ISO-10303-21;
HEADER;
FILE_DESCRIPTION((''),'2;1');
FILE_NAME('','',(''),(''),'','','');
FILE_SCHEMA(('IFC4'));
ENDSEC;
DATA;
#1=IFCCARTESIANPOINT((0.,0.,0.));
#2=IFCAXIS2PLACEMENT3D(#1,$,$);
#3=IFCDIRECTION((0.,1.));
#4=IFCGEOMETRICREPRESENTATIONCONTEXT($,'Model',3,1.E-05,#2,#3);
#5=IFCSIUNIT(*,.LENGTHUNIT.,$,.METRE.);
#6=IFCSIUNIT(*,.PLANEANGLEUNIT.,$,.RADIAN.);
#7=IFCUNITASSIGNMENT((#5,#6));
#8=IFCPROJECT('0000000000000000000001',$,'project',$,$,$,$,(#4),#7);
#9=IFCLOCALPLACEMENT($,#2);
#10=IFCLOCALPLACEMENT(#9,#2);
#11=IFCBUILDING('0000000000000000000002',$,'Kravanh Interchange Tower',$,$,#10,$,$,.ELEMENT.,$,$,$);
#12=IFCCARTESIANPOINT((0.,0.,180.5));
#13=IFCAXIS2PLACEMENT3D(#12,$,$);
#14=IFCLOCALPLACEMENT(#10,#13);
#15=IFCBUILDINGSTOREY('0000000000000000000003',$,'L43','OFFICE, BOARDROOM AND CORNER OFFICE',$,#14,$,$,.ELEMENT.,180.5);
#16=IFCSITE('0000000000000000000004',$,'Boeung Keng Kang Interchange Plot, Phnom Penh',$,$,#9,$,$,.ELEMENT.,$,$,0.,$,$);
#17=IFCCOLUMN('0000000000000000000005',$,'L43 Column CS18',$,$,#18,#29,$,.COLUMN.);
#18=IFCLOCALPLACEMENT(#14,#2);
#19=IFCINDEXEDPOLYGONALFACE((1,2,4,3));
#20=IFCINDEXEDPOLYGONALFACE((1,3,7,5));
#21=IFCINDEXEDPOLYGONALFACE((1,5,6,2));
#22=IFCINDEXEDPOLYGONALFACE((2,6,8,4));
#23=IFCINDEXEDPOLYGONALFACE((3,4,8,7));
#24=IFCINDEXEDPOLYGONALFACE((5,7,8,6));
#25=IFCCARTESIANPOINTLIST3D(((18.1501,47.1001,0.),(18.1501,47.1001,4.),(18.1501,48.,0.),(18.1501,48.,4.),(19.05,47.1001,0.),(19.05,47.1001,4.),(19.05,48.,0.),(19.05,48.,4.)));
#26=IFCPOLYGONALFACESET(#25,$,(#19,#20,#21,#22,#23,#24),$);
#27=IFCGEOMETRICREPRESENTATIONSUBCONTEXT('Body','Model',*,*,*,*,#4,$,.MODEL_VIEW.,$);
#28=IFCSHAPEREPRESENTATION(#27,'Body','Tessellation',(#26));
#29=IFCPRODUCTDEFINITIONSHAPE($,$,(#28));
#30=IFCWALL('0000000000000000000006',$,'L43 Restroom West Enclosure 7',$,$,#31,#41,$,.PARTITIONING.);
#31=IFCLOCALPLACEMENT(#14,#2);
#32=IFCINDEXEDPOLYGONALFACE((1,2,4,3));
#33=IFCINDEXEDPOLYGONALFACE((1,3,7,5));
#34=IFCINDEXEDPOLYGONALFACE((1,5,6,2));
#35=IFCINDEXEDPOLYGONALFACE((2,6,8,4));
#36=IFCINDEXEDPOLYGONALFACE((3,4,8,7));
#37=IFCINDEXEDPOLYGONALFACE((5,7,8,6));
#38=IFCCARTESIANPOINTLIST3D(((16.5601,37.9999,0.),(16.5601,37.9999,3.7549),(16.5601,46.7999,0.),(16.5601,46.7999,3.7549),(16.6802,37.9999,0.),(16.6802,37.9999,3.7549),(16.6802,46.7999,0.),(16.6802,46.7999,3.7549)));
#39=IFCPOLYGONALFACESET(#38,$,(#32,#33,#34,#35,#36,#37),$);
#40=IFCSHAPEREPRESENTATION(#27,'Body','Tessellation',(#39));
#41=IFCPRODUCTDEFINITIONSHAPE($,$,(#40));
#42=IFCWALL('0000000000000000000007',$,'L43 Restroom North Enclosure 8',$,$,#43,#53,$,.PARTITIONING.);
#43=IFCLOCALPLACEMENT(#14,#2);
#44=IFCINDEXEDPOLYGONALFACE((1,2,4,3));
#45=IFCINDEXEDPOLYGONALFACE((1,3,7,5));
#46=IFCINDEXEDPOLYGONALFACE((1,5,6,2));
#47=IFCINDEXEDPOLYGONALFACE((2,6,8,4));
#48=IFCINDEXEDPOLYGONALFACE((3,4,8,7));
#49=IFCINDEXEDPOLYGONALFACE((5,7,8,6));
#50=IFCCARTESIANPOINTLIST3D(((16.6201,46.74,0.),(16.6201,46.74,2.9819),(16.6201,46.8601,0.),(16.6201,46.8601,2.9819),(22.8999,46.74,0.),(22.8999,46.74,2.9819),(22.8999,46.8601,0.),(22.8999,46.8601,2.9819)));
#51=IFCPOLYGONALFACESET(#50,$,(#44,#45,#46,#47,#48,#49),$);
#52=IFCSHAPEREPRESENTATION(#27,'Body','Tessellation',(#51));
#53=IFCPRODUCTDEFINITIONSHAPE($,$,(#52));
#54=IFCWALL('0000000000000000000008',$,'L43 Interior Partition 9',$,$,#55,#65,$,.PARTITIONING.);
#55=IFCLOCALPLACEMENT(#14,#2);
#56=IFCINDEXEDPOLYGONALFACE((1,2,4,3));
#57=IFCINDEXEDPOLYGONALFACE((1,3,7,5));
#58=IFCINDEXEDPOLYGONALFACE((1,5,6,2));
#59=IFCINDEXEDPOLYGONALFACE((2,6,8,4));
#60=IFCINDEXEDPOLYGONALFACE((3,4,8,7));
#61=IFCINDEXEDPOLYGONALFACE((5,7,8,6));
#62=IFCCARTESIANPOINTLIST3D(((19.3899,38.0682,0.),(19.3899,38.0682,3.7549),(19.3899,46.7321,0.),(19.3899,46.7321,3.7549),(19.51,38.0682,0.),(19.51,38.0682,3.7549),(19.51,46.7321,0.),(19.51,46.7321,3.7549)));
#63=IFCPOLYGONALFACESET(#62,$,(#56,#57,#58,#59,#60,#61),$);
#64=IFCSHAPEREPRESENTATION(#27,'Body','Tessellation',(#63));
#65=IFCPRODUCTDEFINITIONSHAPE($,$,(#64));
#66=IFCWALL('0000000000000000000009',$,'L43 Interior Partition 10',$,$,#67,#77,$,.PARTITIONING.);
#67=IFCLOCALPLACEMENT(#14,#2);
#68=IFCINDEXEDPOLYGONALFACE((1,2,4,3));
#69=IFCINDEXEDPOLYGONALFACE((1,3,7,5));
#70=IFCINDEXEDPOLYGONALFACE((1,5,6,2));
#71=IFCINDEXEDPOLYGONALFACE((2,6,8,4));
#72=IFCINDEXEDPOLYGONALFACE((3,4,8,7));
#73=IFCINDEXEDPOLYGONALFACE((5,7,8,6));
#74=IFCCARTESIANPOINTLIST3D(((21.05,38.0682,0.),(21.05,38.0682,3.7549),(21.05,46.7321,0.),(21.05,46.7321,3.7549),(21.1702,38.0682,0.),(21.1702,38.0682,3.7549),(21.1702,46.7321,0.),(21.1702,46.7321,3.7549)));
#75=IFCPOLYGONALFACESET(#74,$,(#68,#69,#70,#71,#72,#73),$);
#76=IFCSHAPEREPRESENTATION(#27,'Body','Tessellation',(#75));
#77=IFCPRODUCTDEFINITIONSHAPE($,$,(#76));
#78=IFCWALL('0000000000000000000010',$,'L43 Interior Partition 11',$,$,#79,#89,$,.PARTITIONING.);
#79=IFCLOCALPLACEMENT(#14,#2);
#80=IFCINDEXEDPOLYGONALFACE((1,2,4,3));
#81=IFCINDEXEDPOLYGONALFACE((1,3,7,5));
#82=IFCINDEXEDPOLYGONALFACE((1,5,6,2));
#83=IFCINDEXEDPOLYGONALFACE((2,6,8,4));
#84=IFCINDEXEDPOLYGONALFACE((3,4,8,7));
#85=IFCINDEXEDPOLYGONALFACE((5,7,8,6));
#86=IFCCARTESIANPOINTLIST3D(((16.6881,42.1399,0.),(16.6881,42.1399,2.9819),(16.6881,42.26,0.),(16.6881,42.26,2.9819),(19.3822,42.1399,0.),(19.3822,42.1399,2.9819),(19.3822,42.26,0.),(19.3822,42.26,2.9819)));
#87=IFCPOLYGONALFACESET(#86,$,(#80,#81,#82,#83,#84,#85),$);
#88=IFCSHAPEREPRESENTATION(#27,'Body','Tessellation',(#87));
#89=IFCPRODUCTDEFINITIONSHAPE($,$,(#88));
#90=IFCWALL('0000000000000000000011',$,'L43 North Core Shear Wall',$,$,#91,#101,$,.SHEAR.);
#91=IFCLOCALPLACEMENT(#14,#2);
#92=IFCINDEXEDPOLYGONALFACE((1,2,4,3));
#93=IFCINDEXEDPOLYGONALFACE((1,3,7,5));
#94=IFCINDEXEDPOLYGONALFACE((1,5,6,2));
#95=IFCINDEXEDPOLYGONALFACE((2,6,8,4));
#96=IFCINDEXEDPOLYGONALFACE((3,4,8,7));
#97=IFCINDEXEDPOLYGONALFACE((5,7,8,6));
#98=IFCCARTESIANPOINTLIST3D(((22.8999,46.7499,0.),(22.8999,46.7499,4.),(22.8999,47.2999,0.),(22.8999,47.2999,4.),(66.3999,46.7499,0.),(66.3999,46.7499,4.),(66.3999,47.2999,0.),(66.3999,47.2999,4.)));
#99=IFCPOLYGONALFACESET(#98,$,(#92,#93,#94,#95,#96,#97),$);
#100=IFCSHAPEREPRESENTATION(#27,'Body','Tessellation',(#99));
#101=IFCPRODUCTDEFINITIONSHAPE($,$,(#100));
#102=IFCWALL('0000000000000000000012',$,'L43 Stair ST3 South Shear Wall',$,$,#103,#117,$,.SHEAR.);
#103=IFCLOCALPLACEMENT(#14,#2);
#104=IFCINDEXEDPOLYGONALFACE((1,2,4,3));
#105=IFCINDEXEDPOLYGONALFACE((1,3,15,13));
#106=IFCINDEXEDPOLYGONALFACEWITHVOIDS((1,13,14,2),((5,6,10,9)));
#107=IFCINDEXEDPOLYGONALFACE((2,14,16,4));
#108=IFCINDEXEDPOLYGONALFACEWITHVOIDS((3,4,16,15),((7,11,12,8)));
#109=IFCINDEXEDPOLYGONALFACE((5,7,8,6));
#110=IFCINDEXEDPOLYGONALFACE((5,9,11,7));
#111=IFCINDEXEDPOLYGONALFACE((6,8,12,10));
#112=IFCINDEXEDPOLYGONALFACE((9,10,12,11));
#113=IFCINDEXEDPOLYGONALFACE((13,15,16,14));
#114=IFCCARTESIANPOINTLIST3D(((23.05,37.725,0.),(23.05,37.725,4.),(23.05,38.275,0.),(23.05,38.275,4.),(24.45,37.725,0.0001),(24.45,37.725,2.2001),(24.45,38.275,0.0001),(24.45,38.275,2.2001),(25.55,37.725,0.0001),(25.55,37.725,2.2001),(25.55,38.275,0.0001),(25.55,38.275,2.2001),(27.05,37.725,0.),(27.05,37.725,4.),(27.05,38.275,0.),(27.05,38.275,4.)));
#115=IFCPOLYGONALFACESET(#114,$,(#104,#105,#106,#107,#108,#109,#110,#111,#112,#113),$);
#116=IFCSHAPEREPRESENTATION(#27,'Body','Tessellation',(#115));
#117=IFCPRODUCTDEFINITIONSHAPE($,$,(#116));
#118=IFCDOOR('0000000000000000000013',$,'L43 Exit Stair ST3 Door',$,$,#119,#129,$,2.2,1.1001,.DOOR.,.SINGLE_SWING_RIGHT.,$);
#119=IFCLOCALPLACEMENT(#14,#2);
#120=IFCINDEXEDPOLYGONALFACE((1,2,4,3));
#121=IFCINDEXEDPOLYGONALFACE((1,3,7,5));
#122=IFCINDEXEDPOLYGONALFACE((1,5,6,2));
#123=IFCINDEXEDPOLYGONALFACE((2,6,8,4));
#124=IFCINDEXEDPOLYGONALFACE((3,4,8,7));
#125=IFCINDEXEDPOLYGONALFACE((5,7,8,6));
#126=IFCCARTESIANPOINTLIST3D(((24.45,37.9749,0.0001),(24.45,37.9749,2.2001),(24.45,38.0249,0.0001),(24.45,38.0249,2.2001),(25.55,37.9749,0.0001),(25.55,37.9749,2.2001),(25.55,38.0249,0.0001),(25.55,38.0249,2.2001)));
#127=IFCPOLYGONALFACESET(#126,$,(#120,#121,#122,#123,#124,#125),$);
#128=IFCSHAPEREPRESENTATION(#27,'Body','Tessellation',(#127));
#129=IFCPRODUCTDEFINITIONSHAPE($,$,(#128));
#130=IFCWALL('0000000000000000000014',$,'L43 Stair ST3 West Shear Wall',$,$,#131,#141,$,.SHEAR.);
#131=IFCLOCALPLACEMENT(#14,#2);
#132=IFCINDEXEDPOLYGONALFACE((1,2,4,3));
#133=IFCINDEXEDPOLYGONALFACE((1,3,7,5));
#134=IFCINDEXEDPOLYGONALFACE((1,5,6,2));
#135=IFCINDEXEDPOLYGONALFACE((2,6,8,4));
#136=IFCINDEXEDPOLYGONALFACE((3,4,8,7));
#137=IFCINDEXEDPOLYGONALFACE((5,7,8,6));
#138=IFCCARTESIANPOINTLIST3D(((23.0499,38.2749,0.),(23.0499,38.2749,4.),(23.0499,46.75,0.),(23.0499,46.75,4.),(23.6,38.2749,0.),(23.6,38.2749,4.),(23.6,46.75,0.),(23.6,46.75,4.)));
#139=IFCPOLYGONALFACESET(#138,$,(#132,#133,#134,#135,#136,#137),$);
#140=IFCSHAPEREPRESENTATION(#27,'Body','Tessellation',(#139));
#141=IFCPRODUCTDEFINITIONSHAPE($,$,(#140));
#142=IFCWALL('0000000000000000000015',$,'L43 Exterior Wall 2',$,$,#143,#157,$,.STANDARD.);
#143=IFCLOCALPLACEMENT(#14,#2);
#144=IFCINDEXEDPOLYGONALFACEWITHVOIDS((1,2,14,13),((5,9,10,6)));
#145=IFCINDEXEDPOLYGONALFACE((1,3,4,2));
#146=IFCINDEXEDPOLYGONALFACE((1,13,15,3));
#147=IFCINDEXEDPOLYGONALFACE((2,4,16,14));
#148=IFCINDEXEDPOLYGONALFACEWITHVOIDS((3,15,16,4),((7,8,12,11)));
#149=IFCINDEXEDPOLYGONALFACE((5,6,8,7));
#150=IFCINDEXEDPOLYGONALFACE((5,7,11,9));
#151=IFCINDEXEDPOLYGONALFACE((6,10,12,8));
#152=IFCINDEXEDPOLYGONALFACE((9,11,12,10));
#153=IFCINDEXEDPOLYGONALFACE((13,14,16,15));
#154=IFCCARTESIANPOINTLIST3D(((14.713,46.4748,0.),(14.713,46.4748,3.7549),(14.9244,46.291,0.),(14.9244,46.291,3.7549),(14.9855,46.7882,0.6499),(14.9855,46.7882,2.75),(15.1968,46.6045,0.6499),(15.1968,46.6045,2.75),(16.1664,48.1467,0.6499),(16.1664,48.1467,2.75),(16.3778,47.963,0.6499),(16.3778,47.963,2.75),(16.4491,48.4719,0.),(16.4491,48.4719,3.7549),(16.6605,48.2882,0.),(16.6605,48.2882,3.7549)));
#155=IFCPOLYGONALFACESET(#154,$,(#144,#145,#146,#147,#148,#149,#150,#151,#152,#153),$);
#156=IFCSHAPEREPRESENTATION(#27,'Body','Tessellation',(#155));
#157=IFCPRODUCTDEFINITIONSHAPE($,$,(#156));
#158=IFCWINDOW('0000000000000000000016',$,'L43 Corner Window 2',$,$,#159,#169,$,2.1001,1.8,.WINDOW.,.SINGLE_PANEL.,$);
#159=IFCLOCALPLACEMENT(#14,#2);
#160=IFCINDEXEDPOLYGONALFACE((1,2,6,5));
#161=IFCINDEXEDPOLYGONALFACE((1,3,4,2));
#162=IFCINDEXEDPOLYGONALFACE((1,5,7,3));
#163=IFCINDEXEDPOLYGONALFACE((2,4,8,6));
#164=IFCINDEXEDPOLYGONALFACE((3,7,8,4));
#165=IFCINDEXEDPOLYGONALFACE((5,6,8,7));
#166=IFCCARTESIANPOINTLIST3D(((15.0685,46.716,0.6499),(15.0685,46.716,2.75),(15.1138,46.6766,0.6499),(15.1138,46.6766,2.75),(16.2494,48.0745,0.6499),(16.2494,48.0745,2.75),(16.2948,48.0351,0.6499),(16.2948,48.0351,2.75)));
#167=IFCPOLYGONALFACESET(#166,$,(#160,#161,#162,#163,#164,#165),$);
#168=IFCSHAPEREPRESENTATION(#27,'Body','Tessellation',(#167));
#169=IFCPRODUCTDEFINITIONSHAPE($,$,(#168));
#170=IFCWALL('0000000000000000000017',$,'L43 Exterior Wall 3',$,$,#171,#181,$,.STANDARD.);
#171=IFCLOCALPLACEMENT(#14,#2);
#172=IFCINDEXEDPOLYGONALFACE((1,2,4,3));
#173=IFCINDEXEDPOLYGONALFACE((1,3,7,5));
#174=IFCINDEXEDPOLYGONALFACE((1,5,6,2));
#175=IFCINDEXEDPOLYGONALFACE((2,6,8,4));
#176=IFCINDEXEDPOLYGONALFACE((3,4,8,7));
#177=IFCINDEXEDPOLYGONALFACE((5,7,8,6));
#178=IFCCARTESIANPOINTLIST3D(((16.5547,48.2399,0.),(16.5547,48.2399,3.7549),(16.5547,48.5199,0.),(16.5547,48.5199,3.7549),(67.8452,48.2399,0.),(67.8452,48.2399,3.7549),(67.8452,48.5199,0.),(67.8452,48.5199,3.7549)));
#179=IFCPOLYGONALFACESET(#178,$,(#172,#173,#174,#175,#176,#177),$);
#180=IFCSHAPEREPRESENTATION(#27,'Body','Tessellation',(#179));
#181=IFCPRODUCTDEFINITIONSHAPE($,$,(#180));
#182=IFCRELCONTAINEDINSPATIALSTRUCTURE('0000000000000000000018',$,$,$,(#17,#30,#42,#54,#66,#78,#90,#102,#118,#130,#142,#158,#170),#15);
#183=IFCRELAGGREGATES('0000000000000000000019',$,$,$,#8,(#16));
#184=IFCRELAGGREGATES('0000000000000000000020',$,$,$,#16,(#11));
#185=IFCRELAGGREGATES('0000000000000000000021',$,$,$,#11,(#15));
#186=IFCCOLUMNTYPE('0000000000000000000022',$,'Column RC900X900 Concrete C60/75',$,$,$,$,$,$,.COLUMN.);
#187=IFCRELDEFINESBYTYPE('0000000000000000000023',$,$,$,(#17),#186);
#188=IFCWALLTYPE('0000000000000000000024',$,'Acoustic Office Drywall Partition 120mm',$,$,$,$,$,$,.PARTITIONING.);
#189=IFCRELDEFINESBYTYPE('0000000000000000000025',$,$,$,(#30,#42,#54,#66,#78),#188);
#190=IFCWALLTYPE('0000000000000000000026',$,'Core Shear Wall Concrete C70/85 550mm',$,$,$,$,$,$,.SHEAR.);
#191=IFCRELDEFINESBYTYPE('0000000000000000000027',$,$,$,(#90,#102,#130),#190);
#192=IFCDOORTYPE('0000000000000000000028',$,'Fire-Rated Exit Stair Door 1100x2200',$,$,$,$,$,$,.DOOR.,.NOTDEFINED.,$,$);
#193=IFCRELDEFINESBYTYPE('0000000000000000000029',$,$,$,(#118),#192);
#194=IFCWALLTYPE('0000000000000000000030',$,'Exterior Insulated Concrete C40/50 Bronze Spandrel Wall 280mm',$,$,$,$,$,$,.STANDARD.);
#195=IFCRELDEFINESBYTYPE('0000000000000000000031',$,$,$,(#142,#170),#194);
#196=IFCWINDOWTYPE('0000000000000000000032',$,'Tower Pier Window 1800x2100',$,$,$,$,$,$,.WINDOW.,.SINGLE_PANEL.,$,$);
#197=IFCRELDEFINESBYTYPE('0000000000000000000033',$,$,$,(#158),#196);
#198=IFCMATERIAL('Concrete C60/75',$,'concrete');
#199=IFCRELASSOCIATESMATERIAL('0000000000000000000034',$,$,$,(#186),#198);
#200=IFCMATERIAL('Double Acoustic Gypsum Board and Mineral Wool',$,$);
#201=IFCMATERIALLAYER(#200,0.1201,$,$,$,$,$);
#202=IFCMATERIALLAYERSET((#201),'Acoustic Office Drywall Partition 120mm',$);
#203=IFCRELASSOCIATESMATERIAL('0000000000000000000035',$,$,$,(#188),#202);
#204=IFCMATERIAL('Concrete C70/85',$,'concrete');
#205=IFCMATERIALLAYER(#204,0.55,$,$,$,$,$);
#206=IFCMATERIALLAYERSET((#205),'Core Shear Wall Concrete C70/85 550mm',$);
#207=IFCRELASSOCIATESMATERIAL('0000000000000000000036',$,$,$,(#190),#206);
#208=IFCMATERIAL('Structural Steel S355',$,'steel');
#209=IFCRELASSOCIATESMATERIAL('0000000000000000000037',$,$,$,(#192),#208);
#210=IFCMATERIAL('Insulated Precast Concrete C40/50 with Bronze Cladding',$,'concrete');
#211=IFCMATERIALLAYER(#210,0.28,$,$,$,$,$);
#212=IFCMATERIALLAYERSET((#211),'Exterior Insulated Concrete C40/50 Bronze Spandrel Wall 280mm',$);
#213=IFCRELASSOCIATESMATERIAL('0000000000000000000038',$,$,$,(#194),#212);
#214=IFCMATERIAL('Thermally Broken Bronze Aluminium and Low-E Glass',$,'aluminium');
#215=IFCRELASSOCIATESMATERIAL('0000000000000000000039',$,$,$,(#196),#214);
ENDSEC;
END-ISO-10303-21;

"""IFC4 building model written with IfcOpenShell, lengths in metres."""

from ifc_helpers import new_model, si_unit, direction, frame, frame_2d, origin, origin_2d, place, context, subcontext, project, spatial, rectangle, extrude, material, layer, layer_set, material_profile, profile_set, type_object, element, fill, save


model = new_model("IFC4")

# Units and contexts
model_context = context("Model", 3, precision=1e-05, world=origin(), true_north=direction((0.0, 1.0)))
body_context = subcontext(model_context, "Body", "Model", "MODEL_VIEW")
ifc_project = project(units=[si_unit("LENGTHUNIT", "METRE"), si_unit("PLANEANGLEUNIT", "RADIAN")], contexts=[model_context])

# Site, building, storey
site_placement = place(None, origin())
site = spatial("IfcSite", under=ifc_project, at=site_placement, Name="Boeung Keng Kang Interchange Plot, Phnom Penh", CompositionType="ELEMENT", RefElevation=0.0)
building_placement = place(site_placement, origin())
building = spatial("IfcBuilding", under=site, at=building_placement, Name="Kravanh Interchange Tower", CompositionType="ELEMENT")
storey_placement = place(building_placement, frame((0.0, 0.0, 180.5)))
storey = spatial("IfcBuildingStorey", under=building, at=storey_placement, Name="L43", Description="OFFICE, BOARDROOM AND CORNER OFFICE", CompositionType="ELEMENT", Elevation=180.5)

# Column
ifc_material_1 = material(Name="Concrete C60/75", Category="concrete")
ifc_material_profile = material_profile(ifc_material_1, rectangle(XDim=0.8999, YDim=0.8999, at=origin_2d()), Name="RC900X900")
ifc_profile_set = profile_set([ifc_material_profile], Name="Concrete C60/75")
column_type = type_object("IfcColumnType", Name="Column RC900X900 Concrete C60/75", PredefinedType="COLUMN", material=ifc_profile_set)
column_placement = place(storey_placement, frame((18.6001, 47.55, 0.0), z_axis=(0.0, 0.0, 1.0), x_axis=(1.0, 0.0, 0.0)))
element("IfcColumn", 1, at=column_placement, inside=storey, type_object=column_type, Name="L43 Column CS18", PredefinedType="COLUMN", context=body_context, shape_type="SweptSolid", body=[
    extrude(rectangle(XDim=0.8999, YDim=0.8999, at=origin_2d()), origin(), (0.0, 0.0, 1.0), 4.0),
])

# Shared definitions
ifc_material_2 = material(Name="Double Acoustic Gypsum Board and Mineral Wool")
ifc_layer_1 = layer(ifc_material_2, 0.1201)
ifc_layer_set_1 = layer_set([ifc_layer_1], Name="Acoustic Office Drywall Partition 120mm")
wall_type_1 = type_object("IfcWallType", Name="Acoustic Office Drywall Partition 120mm", PredefinedType="PARTITIONING", material=ifc_layer_set_1)

# Walls
wall_1_placement = place(storey_placement, frame((16.6201, 38.0, 0.0), z_axis=(0.0, 0.0, 1.0), x_axis=(0.0, 1.0, 0.0)))
element("IfcWall", 2, at=wall_1_placement, inside=storey, type_object=wall_type_1, Name="L43 Restroom West Enclosure 7", PredefinedType="PARTITIONING", context=body_context, shape_type="SweptSolid", body=[
    extrude(rectangle(XDim=8.8, YDim=0.1201, at=frame_2d((4.3999, 0.0))), origin(), (0.0, 0.0, 1.0), 3.7549),
])
wall_2_placement = place(storey_placement, frame((16.6201, 46.8, 0.0), z_axis=(0.0, 0.0, 1.0), x_axis=(1.0, 0.0, 0.0)))
element("IfcWall", 3, at=wall_2_placement, inside=storey, type_object=wall_type_1, Name="L43 Restroom North Enclosure 8", PredefinedType="PARTITIONING", context=body_context, shape_type="SweptSolid", body=[
    extrude(rectangle(XDim=6.2798, YDim=0.1201, at=frame_2d((3.1399, 0.0))), origin(), (0.0, 0.0, 1.0), 2.9819),
])
for number, where, z_axis, x_axis, name in (
    (4, (19.45, 38.0681, 0.0), (0.0, 0.0, 1.0), (0.0, 1.0, 0.0), "L43 Interior Partition 9"),
    (5, (21.1101, 38.0681, 0.0), (0.0, 0.0, 1.0), (0.0, 1.0, 0.0), "L43 Interior Partition 10"),
):
    element("IfcWall", number, at=place(storey_placement, frame(where, z_axis=z_axis, x_axis=x_axis)), inside=storey, type_object=wall_type_1, Name=name, PredefinedType="PARTITIONING", context=body_context, shape_type="SweptSolid", body=[
        extrude(rectangle(XDim=8.6638, YDim=0.1201, at=frame_2d((4.332, 0.0))), origin(), (0.0, 0.0, 1.0), 3.7549),
    ])
wall_3_placement = place(storey_placement, frame((16.688, 42.2, 0.0), z_axis=(0.0, 0.0, 1.0), x_axis=(1.0, 0.0, 0.0)))
element("IfcWall", 6, at=wall_3_placement, inside=storey, type_object=wall_type_1, Name="L43 Interior Partition 11", PredefinedType="PARTITIONING", context=body_context, shape_type="SweptSolid", body=[
    extrude(rectangle(XDim=2.6941, YDim=0.1201, at=frame_2d((1.3472, 0.0))), origin(), (0.0, 0.0, 1.0), 2.9819),
])
ifc_material_3 = material(Name="Concrete C70/85", Category="concrete")
ifc_layer_2 = layer(ifc_material_3, 0.55)
ifc_layer_set_2 = layer_set([ifc_layer_2], Name="Core Shear Wall Concrete C70/85 550mm")
wall_type_2 = type_object("IfcWallType", Name="Core Shear Wall Concrete C70/85 550mm", PredefinedType="SHEAR", material=ifc_layer_set_2)
wall_4_placement = place(storey_placement, frame((22.8999, 47.0249, 0.0), z_axis=(0.0, 0.0, 1.0), x_axis=(1.0, 0.0, 0.0)))
element("IfcWall", 7, at=wall_4_placement, inside=storey, type_object=wall_type_2, Name="L43 North Core Shear Wall", PredefinedType="SHEAR", context=body_context, shape_type="SweptSolid", body=[
    extrude(rectangle(XDim=43.5, YDim=0.55, at=frame_2d((21.75, 0.0))), origin(), (0.0, 0.0, 1.0), 4.0),
])

# Wall, opening, door
wall_5_placement = place(storey_placement, frame((23.05, 38.0, 0.0), z_axis=(0.0, 0.0, 1.0), x_axis=(1.0, 0.0, 0.0)))
wall_5 = element("IfcWall", 8, at=wall_5_placement, inside=storey, type_object=wall_type_2, Name="L43 Stair ST3 South Shear Wall", PredefinedType="SHEAR", context=body_context, shape_type="SweptSolid", body=[
    extrude(rectangle(XDim=4.0, YDim=0.55, at=frame_2d((2.0, 0.0))), origin(), (0.0, 0.0, 1.0), 4.0),
])
opening_1_placement = place(wall_5_placement, frame((1.3999, 0.0, 0.0)))
opening_1 = element("IfcOpeningElement", 9, at=opening_1_placement, cuts=wall_5, PredefinedType="OPENING", context=body_context, shape_type="SweptSolid", body=[
    extrude(rectangle(XDim=1.1001, YDim=2.2, at=frame_2d((0.55, 1.1001))), frame((0.0, 0.2852, 0.0), z_axis=(0.0, -1.0, 0.0), x_axis=(1.0, 0.0, 0.0)), (0.0, 0.0, 1.0), 0.5701),
])
ifc_material_4 = material(Name="Structural Steel S355", Category="steel")
door_type_1 = type_object("IfcDoorType", Name="Fire-Rated Exit Stair Door 1100x2200", OperationType="NOTDEFINED", PredefinedType="DOOR", material=ifc_material_4)
door_1_placement = place(opening_1_placement, origin())
door_1 = element("IfcDoor", 10, at=door_1_placement, inside=storey, type_object=door_type_1, Name="L43 Exit Stair ST3 Door", OperationType="SINGLE_SWING_RIGHT", OverallHeight=2.2, OverallWidth=1.1001, PredefinedType="DOOR", context=body_context, shape_type="SweptSolid", body=[
    extrude(rectangle(XDim=1.1001, YDim=2.2, at=frame_2d((0.55, 1.1001))), frame((0.0, 0.0249, 0.0), z_axis=(0.0, -1.0, 0.0), x_axis=(1.0, 0.0, 0.0)), (0.0, 0.0, 1.0), 0.05),
])
fill(opening_1, door_1)

# Wall
wall_6_placement = place(storey_placement, frame((23.325, 38.2749, 0.0), z_axis=(0.0, 0.0, 1.0), x_axis=(0.0, 1.0, 0.0)))
element("IfcWall", 11, at=wall_6_placement, inside=storey, type_object=wall_type_2, Name="L43 Stair ST3 West Shear Wall", PredefinedType="SHEAR", context=body_context, shape_type="SweptSolid", body=[
    extrude(rectangle(XDim=8.4751, YDim=0.55, at=frame_2d((4.2375, 0.0))), origin(), (0.0, 0.0, 1.0), 4.0),
])

# Wall, opening, window
ifc_material_5 = material(Name="Insulated Precast Concrete C40/50 with Bronze Cladding", Category="concrete")
ifc_layer_3 = layer(ifc_material_5, 0.28)
ifc_layer_set_3 = layer_set([ifc_layer_3], Name="Exterior Insulated Concrete C40/50 Bronze Spandrel Wall 280mm")
wall_type_3 = type_object("IfcWallType", Name="Exterior Insulated Concrete C40/50 Bronze Spandrel Wall 280mm", PredefinedType="STANDARD", material=ifc_layer_set_3)
wall_7_placement = place(storey_placement, frame((14.8186, 46.3828, 0.0), z_axis=(0.0, 0.0, 1.0), x_axis=(0.656071, 0.754699, 0.0)))
wall_7 = element("IfcWall", 12, at=wall_7_placement, inside=storey, type_object=wall_type_3, Name="L43 Exterior Wall 2", PredefinedType="STANDARD", context=body_context, shape_type="SweptSolid", body=[
    extrude(rectangle(XDim=2.6462, YDim=0.28, at=frame_2d((1.3232, 0.0))), origin(), (0.0, 0.0, 1.0), 3.7549),
])
opening_2_placement = place(wall_7_placement, frame((0.4155, 0.0, 0.6499)))
opening_2 = element("IfcOpeningElement", 13, at=opening_2_placement, cuts=wall_7, PredefinedType="OPENING", context=body_context, shape_type="SweptSolid", body=[
    extrude(rectangle(XDim=1.8, YDim=2.1001, at=frame_2d((0.8999, 1.05))), frame((0.0, 0.1499, 0.0), z_axis=(0.0, -1.0, 0.0), x_axis=(1.0, 0.0, 0.0)), (0.0, 0.0, 1.0), 0.3),
])
ifc_material_6 = material(Name="Thermally Broken Bronze Aluminium and Low-E Glass", Category="aluminium")
window_type = type_object("IfcWindowType", Name="Tower Pier Window 1800x2100", PartitioningType="SINGLE_PANEL", PredefinedType="WINDOW", material=ifc_material_6)
window_placement = place(opening_2_placement, origin())
window = element("IfcWindow", 14, at=window_placement, inside=storey, type_object=window_type, Name="L43 Corner Window 2", OverallHeight=2.1001, OverallWidth=1.8, PartitioningType="SINGLE_PANEL", PredefinedType="WINDOW", context=body_context, shape_type="SweptSolid", body=[
    extrude(rectangle(XDim=1.8, YDim=2.1001, at=frame_2d((0.8999, 1.05))), frame((0.0, 0.03, 0.0), z_axis=(0.0, -1.0, 0.0), x_axis=(1.0, 0.0, 0.0)), (0.0, 0.0, 1.0), 0.0601),
])
fill(opening_2, window)

# Wall
wall_8_placement = place(storey_placement, frame((16.5547, 48.3799, 0.0), z_axis=(0.0, 0.0, 1.0), x_axis=(1.0, 0.0, 0.0)))
element("IfcWall", 15, at=wall_8_placement, inside=storey, type_object=wall_type_3, Name="L43 Exterior Wall 3", PredefinedType="STANDARD", context=body_context, shape_type="SweptSolid", body=[
    extrude(rectangle(XDim=51.2905, YDim=0.28, at=frame_2d((25.6453, 0.0))), origin(), (0.0, 0.0, 1.0), 3.7549),
])

save(model, "model.ifc")
